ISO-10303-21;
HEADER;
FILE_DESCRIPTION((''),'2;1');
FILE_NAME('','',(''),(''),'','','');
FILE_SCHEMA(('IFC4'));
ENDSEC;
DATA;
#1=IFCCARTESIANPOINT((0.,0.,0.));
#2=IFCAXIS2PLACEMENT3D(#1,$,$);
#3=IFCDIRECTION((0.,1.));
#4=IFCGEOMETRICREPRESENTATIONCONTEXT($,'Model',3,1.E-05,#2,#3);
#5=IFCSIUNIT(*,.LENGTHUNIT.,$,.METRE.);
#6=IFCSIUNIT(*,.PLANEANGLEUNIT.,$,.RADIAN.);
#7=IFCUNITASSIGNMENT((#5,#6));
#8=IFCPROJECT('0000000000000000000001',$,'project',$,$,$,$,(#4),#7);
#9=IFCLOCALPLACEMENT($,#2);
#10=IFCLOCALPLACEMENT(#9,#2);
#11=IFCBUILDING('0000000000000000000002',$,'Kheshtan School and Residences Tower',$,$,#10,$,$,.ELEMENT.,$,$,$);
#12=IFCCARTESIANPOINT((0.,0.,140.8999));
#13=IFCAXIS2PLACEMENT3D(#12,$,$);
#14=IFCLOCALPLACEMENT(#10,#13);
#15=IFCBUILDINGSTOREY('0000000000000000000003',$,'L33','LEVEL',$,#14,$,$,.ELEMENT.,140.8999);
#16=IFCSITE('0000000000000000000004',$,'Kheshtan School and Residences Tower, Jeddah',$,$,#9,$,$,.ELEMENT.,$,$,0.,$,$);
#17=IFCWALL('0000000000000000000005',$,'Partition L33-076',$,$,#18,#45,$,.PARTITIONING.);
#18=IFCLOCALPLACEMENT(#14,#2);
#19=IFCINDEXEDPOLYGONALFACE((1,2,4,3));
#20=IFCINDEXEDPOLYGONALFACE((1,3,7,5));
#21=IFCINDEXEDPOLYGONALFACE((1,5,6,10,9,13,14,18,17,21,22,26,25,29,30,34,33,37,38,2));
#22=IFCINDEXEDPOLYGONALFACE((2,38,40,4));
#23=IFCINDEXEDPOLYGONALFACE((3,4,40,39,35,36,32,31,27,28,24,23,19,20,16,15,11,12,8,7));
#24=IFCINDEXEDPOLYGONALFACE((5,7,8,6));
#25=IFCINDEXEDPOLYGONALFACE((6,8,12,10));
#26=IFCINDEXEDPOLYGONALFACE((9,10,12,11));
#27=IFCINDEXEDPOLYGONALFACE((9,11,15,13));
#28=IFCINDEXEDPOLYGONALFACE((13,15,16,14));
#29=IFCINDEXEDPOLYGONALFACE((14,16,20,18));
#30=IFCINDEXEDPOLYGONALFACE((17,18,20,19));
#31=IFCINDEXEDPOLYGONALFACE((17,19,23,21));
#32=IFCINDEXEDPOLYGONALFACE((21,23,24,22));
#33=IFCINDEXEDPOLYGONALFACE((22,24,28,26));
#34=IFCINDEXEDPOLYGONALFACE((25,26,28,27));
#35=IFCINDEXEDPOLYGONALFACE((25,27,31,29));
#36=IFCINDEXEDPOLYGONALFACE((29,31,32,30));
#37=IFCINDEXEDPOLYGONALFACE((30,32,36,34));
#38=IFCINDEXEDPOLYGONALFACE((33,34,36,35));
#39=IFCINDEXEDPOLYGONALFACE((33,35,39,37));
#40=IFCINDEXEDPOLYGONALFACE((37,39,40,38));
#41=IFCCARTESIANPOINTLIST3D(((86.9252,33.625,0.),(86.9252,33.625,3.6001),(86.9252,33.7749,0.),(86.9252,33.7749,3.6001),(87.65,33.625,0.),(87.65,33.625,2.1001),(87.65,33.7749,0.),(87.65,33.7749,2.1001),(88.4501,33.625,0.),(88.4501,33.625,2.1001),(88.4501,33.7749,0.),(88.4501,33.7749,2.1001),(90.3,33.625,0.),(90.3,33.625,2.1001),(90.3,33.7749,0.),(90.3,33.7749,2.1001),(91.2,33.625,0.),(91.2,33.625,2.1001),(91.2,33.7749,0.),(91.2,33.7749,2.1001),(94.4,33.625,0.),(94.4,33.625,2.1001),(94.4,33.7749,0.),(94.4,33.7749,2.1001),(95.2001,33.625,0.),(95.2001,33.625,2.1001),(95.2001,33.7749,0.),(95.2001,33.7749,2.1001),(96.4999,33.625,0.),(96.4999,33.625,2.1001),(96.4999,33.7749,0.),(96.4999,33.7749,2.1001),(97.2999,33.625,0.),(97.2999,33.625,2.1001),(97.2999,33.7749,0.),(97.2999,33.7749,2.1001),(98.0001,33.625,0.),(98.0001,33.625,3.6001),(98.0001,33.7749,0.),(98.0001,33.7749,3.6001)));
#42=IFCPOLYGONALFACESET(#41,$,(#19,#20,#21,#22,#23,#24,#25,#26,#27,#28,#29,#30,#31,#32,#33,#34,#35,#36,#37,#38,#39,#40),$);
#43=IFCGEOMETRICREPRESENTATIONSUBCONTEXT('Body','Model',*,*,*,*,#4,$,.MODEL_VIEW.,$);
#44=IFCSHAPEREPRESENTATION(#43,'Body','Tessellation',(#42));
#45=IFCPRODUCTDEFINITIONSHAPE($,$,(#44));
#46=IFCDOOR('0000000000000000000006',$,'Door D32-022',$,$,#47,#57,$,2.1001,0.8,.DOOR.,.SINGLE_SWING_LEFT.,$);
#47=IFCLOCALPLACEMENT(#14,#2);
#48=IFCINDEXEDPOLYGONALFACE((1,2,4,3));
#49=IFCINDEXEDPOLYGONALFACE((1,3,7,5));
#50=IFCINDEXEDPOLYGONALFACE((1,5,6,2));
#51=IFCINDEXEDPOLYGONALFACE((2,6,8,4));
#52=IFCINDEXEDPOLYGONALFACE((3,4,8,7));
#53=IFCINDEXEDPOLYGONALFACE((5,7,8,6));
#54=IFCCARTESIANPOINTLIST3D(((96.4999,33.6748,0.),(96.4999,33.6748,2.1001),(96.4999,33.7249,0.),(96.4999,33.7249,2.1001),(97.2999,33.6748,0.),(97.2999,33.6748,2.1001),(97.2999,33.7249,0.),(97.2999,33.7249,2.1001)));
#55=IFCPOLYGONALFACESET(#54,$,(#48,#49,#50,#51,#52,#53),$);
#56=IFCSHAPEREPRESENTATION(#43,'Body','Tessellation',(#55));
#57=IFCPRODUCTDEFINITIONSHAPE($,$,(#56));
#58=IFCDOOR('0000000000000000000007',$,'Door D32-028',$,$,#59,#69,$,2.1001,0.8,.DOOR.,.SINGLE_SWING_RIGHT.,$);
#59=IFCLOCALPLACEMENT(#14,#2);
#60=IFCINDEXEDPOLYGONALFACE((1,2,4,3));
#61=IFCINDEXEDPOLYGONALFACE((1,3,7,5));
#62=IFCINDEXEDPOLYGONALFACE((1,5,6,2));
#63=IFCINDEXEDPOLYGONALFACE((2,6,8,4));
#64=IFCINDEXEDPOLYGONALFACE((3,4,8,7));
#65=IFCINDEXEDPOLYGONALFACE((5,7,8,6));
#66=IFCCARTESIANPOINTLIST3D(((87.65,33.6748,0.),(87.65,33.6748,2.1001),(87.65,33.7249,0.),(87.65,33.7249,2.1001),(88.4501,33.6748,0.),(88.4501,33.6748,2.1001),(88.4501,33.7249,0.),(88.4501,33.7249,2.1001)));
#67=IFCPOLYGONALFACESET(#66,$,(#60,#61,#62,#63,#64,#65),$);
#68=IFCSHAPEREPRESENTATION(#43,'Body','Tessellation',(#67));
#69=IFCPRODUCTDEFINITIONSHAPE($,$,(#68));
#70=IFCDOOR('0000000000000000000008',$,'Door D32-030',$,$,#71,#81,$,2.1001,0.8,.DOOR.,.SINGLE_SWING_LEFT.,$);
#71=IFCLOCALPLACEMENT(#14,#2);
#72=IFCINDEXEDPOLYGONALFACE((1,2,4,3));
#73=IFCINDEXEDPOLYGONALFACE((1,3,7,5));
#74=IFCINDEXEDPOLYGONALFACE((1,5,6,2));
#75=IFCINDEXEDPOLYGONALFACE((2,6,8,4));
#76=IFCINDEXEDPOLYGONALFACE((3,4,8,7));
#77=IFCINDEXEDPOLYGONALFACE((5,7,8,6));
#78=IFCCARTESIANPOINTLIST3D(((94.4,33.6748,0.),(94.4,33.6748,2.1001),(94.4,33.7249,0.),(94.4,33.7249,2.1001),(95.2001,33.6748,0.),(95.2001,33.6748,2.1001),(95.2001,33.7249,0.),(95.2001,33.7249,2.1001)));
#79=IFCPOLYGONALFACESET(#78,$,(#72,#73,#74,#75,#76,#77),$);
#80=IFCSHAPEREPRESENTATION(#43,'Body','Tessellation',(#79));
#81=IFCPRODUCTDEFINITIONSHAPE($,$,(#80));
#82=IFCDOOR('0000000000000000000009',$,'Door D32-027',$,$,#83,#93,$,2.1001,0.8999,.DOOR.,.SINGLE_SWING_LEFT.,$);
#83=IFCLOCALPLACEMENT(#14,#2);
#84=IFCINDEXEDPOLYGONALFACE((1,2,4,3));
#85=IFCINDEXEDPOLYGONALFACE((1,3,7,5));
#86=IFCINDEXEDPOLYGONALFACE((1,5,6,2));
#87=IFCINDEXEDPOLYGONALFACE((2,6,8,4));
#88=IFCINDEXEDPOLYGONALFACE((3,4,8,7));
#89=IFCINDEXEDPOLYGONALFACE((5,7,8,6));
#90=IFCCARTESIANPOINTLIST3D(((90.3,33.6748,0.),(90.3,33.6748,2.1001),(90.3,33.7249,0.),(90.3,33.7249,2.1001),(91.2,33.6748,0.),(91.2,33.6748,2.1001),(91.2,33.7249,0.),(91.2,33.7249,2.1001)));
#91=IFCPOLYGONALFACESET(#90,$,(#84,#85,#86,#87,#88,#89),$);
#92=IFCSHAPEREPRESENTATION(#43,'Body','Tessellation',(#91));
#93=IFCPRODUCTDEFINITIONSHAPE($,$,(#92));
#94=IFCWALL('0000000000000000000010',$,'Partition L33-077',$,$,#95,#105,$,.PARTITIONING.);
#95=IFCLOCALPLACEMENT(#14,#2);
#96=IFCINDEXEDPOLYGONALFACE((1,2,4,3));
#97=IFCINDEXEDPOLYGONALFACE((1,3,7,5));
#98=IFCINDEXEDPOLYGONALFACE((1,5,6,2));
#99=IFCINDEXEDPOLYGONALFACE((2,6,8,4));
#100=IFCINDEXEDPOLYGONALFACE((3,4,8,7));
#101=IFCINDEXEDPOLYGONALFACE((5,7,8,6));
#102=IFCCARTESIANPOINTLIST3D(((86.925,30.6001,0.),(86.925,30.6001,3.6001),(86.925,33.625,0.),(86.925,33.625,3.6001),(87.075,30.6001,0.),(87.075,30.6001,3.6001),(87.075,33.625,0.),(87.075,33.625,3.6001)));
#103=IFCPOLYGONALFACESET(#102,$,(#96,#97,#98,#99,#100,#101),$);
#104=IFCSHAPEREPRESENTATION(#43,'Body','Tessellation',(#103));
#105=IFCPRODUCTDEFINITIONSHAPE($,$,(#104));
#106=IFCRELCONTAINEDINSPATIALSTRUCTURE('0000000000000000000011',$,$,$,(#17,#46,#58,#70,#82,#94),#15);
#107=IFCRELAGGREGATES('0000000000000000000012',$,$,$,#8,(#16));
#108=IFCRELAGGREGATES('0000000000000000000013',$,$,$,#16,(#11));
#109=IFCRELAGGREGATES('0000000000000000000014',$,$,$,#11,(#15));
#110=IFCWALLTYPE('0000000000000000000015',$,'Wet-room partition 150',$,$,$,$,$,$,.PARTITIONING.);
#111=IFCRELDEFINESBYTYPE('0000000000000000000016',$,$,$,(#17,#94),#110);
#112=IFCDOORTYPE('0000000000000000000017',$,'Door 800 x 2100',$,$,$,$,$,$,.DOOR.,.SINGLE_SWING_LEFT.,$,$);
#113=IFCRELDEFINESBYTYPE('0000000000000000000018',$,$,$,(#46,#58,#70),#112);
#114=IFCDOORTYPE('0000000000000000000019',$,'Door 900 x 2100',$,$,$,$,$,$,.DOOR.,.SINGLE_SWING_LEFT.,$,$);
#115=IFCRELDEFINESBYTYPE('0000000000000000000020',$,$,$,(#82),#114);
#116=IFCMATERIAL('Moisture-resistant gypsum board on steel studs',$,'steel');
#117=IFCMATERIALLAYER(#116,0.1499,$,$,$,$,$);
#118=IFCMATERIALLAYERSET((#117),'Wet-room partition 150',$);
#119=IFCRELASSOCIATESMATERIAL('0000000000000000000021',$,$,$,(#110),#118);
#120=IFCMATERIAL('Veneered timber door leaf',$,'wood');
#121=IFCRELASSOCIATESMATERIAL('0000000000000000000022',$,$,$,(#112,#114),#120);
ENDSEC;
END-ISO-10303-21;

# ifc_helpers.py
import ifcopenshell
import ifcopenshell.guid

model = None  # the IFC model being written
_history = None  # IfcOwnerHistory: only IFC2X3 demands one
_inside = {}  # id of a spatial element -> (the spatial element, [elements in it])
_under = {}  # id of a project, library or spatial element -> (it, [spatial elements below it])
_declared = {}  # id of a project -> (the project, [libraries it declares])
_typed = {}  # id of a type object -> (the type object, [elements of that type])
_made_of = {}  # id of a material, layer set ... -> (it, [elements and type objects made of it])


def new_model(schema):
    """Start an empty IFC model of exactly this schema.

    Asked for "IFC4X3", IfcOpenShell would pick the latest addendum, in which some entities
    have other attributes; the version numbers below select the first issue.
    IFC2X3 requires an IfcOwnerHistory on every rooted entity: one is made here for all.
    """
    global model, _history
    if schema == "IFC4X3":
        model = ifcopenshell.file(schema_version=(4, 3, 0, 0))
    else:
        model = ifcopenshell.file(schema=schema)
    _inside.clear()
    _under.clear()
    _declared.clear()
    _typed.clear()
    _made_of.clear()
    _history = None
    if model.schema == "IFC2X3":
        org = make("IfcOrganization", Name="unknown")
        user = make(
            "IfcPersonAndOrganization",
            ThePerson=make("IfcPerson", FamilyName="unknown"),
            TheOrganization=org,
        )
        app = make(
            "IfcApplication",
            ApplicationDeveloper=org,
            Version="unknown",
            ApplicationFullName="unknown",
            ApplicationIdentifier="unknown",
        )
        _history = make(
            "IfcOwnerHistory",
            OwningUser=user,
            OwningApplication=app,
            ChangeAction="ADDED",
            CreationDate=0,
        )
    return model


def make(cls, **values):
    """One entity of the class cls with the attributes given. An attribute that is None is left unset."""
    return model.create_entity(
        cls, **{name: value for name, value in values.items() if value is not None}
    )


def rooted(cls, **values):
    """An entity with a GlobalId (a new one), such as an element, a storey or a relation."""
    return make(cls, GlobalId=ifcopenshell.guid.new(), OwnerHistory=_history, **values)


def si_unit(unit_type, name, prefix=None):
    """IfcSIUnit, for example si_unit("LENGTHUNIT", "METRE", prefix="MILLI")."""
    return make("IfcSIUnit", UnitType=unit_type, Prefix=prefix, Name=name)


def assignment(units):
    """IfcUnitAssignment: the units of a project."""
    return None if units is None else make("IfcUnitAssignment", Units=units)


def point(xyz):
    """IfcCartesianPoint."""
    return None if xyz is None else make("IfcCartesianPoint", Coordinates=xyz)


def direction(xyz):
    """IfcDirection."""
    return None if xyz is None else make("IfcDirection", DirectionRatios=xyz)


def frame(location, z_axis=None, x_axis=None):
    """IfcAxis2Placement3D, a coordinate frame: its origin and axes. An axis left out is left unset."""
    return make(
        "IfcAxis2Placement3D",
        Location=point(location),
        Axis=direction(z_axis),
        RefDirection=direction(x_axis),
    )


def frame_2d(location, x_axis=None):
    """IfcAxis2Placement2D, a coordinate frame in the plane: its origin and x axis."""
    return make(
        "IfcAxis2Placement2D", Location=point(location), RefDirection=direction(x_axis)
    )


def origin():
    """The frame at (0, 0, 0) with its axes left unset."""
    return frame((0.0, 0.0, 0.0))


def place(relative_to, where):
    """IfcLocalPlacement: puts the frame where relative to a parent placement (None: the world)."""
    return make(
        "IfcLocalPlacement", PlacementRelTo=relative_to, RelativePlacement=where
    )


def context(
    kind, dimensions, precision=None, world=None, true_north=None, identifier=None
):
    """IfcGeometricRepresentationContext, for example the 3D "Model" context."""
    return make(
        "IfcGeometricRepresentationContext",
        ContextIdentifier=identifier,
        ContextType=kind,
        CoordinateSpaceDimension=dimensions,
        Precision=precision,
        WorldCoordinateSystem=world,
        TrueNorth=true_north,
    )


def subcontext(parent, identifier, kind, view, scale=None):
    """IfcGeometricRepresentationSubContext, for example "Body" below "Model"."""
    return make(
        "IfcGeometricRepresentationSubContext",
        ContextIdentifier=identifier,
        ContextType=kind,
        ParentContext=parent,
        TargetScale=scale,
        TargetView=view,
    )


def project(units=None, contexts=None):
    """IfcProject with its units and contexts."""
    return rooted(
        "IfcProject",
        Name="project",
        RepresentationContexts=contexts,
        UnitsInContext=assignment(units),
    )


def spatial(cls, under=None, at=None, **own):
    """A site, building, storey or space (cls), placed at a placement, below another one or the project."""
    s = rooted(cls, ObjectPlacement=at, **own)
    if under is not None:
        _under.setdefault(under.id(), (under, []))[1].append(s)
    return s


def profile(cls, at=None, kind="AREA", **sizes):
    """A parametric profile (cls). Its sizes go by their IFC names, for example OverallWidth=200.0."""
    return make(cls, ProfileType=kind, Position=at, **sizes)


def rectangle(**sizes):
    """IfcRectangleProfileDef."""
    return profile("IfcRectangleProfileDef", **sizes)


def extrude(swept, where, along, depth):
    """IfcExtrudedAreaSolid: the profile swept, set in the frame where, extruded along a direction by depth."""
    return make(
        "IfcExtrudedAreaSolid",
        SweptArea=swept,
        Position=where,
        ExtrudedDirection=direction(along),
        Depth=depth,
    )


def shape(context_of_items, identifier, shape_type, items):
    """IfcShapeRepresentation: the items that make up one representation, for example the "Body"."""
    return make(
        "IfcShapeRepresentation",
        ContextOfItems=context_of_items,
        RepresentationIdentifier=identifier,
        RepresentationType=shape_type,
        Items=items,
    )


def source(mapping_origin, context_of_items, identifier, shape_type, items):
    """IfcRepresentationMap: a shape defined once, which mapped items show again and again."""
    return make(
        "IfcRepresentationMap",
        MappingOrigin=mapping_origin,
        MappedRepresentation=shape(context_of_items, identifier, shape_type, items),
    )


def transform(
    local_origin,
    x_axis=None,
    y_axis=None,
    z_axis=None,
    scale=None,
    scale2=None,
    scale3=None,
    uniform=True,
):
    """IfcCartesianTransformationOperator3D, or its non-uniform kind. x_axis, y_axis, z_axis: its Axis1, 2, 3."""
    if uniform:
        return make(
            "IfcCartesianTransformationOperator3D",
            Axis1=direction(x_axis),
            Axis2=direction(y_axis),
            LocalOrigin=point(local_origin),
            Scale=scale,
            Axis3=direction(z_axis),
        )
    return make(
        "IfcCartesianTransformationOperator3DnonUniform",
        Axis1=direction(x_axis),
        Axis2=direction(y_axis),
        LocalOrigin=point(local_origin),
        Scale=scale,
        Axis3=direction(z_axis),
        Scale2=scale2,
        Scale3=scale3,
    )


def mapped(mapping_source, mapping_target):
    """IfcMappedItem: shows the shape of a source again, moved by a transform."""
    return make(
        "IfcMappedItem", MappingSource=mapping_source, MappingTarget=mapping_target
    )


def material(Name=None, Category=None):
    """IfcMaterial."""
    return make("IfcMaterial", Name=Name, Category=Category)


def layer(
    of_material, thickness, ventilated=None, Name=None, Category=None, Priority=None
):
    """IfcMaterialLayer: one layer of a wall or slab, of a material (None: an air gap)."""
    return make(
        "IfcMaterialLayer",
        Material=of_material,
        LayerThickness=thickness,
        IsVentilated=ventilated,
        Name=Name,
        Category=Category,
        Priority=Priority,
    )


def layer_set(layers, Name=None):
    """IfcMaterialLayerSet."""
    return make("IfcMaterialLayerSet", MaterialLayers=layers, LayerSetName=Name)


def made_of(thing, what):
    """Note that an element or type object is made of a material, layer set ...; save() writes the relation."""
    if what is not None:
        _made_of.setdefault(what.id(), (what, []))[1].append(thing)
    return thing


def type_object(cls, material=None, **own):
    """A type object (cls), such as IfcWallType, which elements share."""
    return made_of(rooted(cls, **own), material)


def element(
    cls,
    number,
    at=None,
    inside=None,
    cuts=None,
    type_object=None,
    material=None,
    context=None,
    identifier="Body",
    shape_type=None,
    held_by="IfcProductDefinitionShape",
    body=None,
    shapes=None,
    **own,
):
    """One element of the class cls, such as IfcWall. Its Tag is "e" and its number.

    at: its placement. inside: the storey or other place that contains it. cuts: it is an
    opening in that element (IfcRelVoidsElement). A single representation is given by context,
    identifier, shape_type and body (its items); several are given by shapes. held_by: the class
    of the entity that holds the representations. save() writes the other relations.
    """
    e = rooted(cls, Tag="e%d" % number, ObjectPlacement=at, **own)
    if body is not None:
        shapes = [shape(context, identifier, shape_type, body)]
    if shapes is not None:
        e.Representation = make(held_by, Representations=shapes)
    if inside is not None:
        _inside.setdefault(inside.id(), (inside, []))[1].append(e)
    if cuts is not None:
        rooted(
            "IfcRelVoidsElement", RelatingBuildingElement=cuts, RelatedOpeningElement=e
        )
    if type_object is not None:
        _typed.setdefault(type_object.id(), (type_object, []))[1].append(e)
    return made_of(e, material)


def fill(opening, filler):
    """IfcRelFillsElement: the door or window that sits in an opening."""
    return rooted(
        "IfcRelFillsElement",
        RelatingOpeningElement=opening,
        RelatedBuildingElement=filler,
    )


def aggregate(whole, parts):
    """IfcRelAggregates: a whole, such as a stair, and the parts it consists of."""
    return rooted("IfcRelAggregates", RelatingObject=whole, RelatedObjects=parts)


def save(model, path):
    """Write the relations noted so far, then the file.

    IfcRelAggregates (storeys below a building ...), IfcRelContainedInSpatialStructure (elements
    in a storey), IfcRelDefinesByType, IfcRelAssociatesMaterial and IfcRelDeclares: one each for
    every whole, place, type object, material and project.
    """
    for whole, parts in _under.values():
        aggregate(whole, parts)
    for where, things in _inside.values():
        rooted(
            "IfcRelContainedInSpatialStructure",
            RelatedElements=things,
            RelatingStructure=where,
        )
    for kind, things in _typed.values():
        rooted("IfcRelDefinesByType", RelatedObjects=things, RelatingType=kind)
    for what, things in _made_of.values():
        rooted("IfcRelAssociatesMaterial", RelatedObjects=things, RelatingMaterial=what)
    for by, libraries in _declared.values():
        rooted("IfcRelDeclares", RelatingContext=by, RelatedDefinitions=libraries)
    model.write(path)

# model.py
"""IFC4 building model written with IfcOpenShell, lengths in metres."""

from ifc_helpers import new_model, si_unit, direction, frame, frame_2d, origin, place, context, subcontext, project, spatial, rectangle, extrude, source, transform, mapped, material, layer, layer_set, type_object, element, fill, save


model = new_model("IFC4")

# Units and contexts
model_context = context("Model", 3, precision=1e-05, world=origin(), true_north=direction((0.0, 1.0)))
body_context = subcontext(model_context, "Body", "Model", "MODEL_VIEW")
ifc_project = project(units=[si_unit("LENGTHUNIT", "METRE"), si_unit("PLANEANGLEUNIT", "RADIAN")], contexts=[model_context])

# Site, building, storey
site_placement = place(None, origin())
site = spatial("IfcSite", under=ifc_project, at=site_placement, Name="Kheshtan School and Residences Tower, Jeddah", CompositionType="ELEMENT", RefElevation=0.0)
building_placement = place(site_placement, origin())
building = spatial("IfcBuilding", under=site, at=building_placement, Name="Kheshtan School and Residences Tower", CompositionType="ELEMENT")
storey_placement = place(building_placement, frame((0.0, 0.0, 140.8999)))
storey = spatial("IfcBuildingStorey", under=building, at=storey_placement, Name="L33", Description="LEVEL", CompositionType="ELEMENT", Elevation=140.8999)

# Shared definitions
ifc_material_1 = material(Name="Moisture-resistant gypsum board on steel studs", Category="steel")
ifc_layer_1 = layer(ifc_material_1, 0.1499)
ifc_layer_set_1 = layer_set([ifc_layer_1], Name="Wet-room partition 150")
wall_type_1 = type_object("IfcWallType", Name="Wet-room partition 150", PredefinedType="PARTITIONING", material=ifc_layer_set_1)

# Shared definitions
ifc_material_2 = material(Name="Veneered timber door leaf", Category="wood")
door_type_1 = type_object("IfcDoorType", Name="Door 800 x 2100", OperationType="SINGLE_SWING_LEFT", PredefinedType="DOOR", material=ifc_material_2)
shared_shape_1 = source(origin(), body_context, "Body", "SweptSolid", [
    extrude(rectangle(XDim=0.8, YDim=2.1001, at=frame_2d((0.3999, 1.05))), frame((0.0, 0.0249, 0.0), z_axis=(0.0, -1.0, 0.0), x_axis=(1.0, 0.0, 0.0)), (0.0, 0.0, 1.0), 0.05),
])

# Wall, openings, doors
wall_1_placement = place(storey_placement, frame((86.925, 33.7, 0.0), z_axis=(0.0, 0.0, 1.0), x_axis=(1.0, 0.0, 0.0)))
wall_1 = element("IfcWall", 1, at=wall_1_placement, inside=storey, type_object=wall_type_1, Name="Partition L33-076", PredefinedType="PARTITIONING", context=body_context, shape_type="SweptSolid", body=[
    extrude(rectangle(XDim=11.075, YDim=0.1499, at=frame_2d((5.5376, 0.0))), origin(), (0.0, 0.0, 1.0), 3.6001),
])
opening_1_placement = place(wall_1_placement, frame((9.575, 0.0, 0.0)))
opening_1 = element("IfcOpeningElement", 2, at=opening_1_placement, cuts=wall_1, PredefinedType="OPENING", context=body_context, shape_type="SweptSolid", body=[
    extrude(rectangle(XDim=0.8, YDim=2.1001, at=frame_2d((0.3999, 1.05))), frame((0.0, 0.085, 0.0), z_axis=(0.0, -1.0, 0.0), x_axis=(1.0, 0.0, 0.0)), (0.0, 0.0, 1.0), 0.1699),
])
opening_2_placement = place(wall_1_placement, frame((3.375, 0.0, 0.0)))
opening_2 = element("IfcOpeningElement", 3, at=opening_2_placement, cuts=wall_1, PredefinedType="OPENING", context=body_context, shape_type="SweptSolid", body=[
    extrude(rectangle(XDim=0.8999, YDim=2.1001, at=frame_2d((0.45, 1.05))), frame((0.0, 0.085, 0.0), z_axis=(0.0, -1.0, 0.0), x_axis=(1.0, 0.0, 0.0)), (0.0, 0.0, 1.0), 0.1699),
])
opening_3_placement = place(wall_1_placement, frame((0.7251, 0.0, 0.0)))
opening_3 = element("IfcOpeningElement", 4, at=opening_3_placement, cuts=wall_1, PredefinedType="OPENING", context=body_context, shape_type="SweptSolid", body=[
    extrude(rectangle(XDim=0.8, YDim=2.1001, at=frame_2d((0.3999, 1.05))), frame((0.0, 0.085, 0.0), z_axis=(0.0, -1.0, 0.0), x_axis=(1.0, 0.0, 0.0)), (0.0, 0.0, 1.0), 0.1699),
])
opening_4_placement = place(wall_1_placement, frame((7.4751, 0.0, 0.0)))
opening_4 = element("IfcOpeningElement", 5, at=opening_4_placement, cuts=wall_1, PredefinedType="OPENING", context=body_context, shape_type="SweptSolid", body=[
    extrude(rectangle(XDim=0.8, YDim=2.1001, at=frame_2d((0.3999, 1.05))), frame((0.0, 0.085, 0.0), z_axis=(0.0, -1.0, 0.0), x_axis=(1.0, 0.0, 0.0)), (0.0, 0.0, 1.0), 0.1699),
])
door_1_placement = place(opening_1_placement, origin())
door_1 = element("IfcDoor", 6, at=door_1_placement, inside=storey, type_object=door_type_1, Name="Door D32-022", OperationType="SINGLE_SWING_LEFT", OverallHeight=2.1001, OverallWidth=0.8, PredefinedType="DOOR", context=body_context, shape_type="MappedRepresentation", body=[
    mapped(shared_shape_1, transform((0.0, 0.0, 0.0), x_axis=(1.0, 0.0, 0.0), y_axis=(0.0, 1.0, 0.0), z_axis=(0.0, 0.0, 1.0), scale=1.0)),
])
fill(opening_1, door_1)
door_2_placement = place(opening_3_placement, origin())
door_2 = element("IfcDoor", 7, at=door_2_placement, inside=storey, type_object=door_type_1, Name="Door D32-028", OperationType="SINGLE_SWING_RIGHT", OverallHeight=2.1001, OverallWidth=0.8, PredefinedType="DOOR", context=body_context, shape_type="MappedRepresentation", body=[
    mapped(shared_shape_1, transform((0.0, 0.0, 0.0), x_axis=(1.0, 0.0, 0.0), y_axis=(0.0, 1.0, 0.0), z_axis=(0.0, 0.0, 1.0), scale=1.0)),
])
fill(opening_3, door_2)
door_3_placement = place(opening_4_placement, origin())
door_3 = element("IfcDoor", 8, at=door_3_placement, inside=storey, type_object=door_type_1, Name="Door D32-030", OperationType="SINGLE_SWING_LEFT", OverallHeight=2.1001, OverallWidth=0.8, PredefinedType="DOOR", context=body_context, shape_type="MappedRepresentation", body=[
    mapped(shared_shape_1, transform((0.0, 0.0, 0.0), x_axis=(1.0, 0.0, 0.0), y_axis=(0.0, 1.0, 0.0), z_axis=(0.0, 0.0, 1.0), scale=1.0)),
])
fill(opening_4, door_3)
door_type_2 = type_object("IfcDoorType", Name="Door 900 x 2100", OperationType="SINGLE_SWING_LEFT", PredefinedType="DOOR", material=ifc_material_2)
shared_shape_2 = source(origin(), body_context, "Body", "SweptSolid", [
    extrude(rectangle(XDim=0.8999, YDim=2.1001, at=frame_2d((0.45, 1.05))), frame((0.0, 0.0249, 0.0), z_axis=(0.0, -1.0, 0.0), x_axis=(1.0, 0.0, 0.0)), (0.0, 0.0, 1.0), 0.05),
])
door_4_placement = place(opening_2_placement, origin())
door_4 = element("IfcDoor", 9, at=door_4_placement, inside=storey, type_object=door_type_2, Name="Door D32-027", OperationType="SINGLE_SWING_LEFT", OverallHeight=2.1001, OverallWidth=0.8999, PredefinedType="DOOR", context=body_context, shape_type="MappedRepresentation", body=[
    mapped(shared_shape_2, transform((0.0, 0.0, 0.0), x_axis=(1.0, 0.0, 0.0), y_axis=(0.0, 1.0, 0.0), z_axis=(0.0, 0.0, 1.0), scale=1.0)),
])
fill(opening_2, door_4)

# Wall
wall_2_placement = place(storey_placement, frame((87.0, 30.6001, 0.0), z_axis=(0.0, 0.0, 1.0), x_axis=(0.0, 1.0, 0.0)))
element("IfcWall", 10, at=wall_2_placement, inside=storey, type_object=wall_type_1, Name="Partition L33-077", PredefinedType="PARTITIONING", context=body_context, shape_type="SweptSolid", body=[
    extrude(rectangle(XDim=3.0249, YDim=0.1499, at=frame_2d((1.5125, 0.0))), origin(), (0.0, 0.0, 1.0), 3.6001),
])

save(model, "model.ifc")
